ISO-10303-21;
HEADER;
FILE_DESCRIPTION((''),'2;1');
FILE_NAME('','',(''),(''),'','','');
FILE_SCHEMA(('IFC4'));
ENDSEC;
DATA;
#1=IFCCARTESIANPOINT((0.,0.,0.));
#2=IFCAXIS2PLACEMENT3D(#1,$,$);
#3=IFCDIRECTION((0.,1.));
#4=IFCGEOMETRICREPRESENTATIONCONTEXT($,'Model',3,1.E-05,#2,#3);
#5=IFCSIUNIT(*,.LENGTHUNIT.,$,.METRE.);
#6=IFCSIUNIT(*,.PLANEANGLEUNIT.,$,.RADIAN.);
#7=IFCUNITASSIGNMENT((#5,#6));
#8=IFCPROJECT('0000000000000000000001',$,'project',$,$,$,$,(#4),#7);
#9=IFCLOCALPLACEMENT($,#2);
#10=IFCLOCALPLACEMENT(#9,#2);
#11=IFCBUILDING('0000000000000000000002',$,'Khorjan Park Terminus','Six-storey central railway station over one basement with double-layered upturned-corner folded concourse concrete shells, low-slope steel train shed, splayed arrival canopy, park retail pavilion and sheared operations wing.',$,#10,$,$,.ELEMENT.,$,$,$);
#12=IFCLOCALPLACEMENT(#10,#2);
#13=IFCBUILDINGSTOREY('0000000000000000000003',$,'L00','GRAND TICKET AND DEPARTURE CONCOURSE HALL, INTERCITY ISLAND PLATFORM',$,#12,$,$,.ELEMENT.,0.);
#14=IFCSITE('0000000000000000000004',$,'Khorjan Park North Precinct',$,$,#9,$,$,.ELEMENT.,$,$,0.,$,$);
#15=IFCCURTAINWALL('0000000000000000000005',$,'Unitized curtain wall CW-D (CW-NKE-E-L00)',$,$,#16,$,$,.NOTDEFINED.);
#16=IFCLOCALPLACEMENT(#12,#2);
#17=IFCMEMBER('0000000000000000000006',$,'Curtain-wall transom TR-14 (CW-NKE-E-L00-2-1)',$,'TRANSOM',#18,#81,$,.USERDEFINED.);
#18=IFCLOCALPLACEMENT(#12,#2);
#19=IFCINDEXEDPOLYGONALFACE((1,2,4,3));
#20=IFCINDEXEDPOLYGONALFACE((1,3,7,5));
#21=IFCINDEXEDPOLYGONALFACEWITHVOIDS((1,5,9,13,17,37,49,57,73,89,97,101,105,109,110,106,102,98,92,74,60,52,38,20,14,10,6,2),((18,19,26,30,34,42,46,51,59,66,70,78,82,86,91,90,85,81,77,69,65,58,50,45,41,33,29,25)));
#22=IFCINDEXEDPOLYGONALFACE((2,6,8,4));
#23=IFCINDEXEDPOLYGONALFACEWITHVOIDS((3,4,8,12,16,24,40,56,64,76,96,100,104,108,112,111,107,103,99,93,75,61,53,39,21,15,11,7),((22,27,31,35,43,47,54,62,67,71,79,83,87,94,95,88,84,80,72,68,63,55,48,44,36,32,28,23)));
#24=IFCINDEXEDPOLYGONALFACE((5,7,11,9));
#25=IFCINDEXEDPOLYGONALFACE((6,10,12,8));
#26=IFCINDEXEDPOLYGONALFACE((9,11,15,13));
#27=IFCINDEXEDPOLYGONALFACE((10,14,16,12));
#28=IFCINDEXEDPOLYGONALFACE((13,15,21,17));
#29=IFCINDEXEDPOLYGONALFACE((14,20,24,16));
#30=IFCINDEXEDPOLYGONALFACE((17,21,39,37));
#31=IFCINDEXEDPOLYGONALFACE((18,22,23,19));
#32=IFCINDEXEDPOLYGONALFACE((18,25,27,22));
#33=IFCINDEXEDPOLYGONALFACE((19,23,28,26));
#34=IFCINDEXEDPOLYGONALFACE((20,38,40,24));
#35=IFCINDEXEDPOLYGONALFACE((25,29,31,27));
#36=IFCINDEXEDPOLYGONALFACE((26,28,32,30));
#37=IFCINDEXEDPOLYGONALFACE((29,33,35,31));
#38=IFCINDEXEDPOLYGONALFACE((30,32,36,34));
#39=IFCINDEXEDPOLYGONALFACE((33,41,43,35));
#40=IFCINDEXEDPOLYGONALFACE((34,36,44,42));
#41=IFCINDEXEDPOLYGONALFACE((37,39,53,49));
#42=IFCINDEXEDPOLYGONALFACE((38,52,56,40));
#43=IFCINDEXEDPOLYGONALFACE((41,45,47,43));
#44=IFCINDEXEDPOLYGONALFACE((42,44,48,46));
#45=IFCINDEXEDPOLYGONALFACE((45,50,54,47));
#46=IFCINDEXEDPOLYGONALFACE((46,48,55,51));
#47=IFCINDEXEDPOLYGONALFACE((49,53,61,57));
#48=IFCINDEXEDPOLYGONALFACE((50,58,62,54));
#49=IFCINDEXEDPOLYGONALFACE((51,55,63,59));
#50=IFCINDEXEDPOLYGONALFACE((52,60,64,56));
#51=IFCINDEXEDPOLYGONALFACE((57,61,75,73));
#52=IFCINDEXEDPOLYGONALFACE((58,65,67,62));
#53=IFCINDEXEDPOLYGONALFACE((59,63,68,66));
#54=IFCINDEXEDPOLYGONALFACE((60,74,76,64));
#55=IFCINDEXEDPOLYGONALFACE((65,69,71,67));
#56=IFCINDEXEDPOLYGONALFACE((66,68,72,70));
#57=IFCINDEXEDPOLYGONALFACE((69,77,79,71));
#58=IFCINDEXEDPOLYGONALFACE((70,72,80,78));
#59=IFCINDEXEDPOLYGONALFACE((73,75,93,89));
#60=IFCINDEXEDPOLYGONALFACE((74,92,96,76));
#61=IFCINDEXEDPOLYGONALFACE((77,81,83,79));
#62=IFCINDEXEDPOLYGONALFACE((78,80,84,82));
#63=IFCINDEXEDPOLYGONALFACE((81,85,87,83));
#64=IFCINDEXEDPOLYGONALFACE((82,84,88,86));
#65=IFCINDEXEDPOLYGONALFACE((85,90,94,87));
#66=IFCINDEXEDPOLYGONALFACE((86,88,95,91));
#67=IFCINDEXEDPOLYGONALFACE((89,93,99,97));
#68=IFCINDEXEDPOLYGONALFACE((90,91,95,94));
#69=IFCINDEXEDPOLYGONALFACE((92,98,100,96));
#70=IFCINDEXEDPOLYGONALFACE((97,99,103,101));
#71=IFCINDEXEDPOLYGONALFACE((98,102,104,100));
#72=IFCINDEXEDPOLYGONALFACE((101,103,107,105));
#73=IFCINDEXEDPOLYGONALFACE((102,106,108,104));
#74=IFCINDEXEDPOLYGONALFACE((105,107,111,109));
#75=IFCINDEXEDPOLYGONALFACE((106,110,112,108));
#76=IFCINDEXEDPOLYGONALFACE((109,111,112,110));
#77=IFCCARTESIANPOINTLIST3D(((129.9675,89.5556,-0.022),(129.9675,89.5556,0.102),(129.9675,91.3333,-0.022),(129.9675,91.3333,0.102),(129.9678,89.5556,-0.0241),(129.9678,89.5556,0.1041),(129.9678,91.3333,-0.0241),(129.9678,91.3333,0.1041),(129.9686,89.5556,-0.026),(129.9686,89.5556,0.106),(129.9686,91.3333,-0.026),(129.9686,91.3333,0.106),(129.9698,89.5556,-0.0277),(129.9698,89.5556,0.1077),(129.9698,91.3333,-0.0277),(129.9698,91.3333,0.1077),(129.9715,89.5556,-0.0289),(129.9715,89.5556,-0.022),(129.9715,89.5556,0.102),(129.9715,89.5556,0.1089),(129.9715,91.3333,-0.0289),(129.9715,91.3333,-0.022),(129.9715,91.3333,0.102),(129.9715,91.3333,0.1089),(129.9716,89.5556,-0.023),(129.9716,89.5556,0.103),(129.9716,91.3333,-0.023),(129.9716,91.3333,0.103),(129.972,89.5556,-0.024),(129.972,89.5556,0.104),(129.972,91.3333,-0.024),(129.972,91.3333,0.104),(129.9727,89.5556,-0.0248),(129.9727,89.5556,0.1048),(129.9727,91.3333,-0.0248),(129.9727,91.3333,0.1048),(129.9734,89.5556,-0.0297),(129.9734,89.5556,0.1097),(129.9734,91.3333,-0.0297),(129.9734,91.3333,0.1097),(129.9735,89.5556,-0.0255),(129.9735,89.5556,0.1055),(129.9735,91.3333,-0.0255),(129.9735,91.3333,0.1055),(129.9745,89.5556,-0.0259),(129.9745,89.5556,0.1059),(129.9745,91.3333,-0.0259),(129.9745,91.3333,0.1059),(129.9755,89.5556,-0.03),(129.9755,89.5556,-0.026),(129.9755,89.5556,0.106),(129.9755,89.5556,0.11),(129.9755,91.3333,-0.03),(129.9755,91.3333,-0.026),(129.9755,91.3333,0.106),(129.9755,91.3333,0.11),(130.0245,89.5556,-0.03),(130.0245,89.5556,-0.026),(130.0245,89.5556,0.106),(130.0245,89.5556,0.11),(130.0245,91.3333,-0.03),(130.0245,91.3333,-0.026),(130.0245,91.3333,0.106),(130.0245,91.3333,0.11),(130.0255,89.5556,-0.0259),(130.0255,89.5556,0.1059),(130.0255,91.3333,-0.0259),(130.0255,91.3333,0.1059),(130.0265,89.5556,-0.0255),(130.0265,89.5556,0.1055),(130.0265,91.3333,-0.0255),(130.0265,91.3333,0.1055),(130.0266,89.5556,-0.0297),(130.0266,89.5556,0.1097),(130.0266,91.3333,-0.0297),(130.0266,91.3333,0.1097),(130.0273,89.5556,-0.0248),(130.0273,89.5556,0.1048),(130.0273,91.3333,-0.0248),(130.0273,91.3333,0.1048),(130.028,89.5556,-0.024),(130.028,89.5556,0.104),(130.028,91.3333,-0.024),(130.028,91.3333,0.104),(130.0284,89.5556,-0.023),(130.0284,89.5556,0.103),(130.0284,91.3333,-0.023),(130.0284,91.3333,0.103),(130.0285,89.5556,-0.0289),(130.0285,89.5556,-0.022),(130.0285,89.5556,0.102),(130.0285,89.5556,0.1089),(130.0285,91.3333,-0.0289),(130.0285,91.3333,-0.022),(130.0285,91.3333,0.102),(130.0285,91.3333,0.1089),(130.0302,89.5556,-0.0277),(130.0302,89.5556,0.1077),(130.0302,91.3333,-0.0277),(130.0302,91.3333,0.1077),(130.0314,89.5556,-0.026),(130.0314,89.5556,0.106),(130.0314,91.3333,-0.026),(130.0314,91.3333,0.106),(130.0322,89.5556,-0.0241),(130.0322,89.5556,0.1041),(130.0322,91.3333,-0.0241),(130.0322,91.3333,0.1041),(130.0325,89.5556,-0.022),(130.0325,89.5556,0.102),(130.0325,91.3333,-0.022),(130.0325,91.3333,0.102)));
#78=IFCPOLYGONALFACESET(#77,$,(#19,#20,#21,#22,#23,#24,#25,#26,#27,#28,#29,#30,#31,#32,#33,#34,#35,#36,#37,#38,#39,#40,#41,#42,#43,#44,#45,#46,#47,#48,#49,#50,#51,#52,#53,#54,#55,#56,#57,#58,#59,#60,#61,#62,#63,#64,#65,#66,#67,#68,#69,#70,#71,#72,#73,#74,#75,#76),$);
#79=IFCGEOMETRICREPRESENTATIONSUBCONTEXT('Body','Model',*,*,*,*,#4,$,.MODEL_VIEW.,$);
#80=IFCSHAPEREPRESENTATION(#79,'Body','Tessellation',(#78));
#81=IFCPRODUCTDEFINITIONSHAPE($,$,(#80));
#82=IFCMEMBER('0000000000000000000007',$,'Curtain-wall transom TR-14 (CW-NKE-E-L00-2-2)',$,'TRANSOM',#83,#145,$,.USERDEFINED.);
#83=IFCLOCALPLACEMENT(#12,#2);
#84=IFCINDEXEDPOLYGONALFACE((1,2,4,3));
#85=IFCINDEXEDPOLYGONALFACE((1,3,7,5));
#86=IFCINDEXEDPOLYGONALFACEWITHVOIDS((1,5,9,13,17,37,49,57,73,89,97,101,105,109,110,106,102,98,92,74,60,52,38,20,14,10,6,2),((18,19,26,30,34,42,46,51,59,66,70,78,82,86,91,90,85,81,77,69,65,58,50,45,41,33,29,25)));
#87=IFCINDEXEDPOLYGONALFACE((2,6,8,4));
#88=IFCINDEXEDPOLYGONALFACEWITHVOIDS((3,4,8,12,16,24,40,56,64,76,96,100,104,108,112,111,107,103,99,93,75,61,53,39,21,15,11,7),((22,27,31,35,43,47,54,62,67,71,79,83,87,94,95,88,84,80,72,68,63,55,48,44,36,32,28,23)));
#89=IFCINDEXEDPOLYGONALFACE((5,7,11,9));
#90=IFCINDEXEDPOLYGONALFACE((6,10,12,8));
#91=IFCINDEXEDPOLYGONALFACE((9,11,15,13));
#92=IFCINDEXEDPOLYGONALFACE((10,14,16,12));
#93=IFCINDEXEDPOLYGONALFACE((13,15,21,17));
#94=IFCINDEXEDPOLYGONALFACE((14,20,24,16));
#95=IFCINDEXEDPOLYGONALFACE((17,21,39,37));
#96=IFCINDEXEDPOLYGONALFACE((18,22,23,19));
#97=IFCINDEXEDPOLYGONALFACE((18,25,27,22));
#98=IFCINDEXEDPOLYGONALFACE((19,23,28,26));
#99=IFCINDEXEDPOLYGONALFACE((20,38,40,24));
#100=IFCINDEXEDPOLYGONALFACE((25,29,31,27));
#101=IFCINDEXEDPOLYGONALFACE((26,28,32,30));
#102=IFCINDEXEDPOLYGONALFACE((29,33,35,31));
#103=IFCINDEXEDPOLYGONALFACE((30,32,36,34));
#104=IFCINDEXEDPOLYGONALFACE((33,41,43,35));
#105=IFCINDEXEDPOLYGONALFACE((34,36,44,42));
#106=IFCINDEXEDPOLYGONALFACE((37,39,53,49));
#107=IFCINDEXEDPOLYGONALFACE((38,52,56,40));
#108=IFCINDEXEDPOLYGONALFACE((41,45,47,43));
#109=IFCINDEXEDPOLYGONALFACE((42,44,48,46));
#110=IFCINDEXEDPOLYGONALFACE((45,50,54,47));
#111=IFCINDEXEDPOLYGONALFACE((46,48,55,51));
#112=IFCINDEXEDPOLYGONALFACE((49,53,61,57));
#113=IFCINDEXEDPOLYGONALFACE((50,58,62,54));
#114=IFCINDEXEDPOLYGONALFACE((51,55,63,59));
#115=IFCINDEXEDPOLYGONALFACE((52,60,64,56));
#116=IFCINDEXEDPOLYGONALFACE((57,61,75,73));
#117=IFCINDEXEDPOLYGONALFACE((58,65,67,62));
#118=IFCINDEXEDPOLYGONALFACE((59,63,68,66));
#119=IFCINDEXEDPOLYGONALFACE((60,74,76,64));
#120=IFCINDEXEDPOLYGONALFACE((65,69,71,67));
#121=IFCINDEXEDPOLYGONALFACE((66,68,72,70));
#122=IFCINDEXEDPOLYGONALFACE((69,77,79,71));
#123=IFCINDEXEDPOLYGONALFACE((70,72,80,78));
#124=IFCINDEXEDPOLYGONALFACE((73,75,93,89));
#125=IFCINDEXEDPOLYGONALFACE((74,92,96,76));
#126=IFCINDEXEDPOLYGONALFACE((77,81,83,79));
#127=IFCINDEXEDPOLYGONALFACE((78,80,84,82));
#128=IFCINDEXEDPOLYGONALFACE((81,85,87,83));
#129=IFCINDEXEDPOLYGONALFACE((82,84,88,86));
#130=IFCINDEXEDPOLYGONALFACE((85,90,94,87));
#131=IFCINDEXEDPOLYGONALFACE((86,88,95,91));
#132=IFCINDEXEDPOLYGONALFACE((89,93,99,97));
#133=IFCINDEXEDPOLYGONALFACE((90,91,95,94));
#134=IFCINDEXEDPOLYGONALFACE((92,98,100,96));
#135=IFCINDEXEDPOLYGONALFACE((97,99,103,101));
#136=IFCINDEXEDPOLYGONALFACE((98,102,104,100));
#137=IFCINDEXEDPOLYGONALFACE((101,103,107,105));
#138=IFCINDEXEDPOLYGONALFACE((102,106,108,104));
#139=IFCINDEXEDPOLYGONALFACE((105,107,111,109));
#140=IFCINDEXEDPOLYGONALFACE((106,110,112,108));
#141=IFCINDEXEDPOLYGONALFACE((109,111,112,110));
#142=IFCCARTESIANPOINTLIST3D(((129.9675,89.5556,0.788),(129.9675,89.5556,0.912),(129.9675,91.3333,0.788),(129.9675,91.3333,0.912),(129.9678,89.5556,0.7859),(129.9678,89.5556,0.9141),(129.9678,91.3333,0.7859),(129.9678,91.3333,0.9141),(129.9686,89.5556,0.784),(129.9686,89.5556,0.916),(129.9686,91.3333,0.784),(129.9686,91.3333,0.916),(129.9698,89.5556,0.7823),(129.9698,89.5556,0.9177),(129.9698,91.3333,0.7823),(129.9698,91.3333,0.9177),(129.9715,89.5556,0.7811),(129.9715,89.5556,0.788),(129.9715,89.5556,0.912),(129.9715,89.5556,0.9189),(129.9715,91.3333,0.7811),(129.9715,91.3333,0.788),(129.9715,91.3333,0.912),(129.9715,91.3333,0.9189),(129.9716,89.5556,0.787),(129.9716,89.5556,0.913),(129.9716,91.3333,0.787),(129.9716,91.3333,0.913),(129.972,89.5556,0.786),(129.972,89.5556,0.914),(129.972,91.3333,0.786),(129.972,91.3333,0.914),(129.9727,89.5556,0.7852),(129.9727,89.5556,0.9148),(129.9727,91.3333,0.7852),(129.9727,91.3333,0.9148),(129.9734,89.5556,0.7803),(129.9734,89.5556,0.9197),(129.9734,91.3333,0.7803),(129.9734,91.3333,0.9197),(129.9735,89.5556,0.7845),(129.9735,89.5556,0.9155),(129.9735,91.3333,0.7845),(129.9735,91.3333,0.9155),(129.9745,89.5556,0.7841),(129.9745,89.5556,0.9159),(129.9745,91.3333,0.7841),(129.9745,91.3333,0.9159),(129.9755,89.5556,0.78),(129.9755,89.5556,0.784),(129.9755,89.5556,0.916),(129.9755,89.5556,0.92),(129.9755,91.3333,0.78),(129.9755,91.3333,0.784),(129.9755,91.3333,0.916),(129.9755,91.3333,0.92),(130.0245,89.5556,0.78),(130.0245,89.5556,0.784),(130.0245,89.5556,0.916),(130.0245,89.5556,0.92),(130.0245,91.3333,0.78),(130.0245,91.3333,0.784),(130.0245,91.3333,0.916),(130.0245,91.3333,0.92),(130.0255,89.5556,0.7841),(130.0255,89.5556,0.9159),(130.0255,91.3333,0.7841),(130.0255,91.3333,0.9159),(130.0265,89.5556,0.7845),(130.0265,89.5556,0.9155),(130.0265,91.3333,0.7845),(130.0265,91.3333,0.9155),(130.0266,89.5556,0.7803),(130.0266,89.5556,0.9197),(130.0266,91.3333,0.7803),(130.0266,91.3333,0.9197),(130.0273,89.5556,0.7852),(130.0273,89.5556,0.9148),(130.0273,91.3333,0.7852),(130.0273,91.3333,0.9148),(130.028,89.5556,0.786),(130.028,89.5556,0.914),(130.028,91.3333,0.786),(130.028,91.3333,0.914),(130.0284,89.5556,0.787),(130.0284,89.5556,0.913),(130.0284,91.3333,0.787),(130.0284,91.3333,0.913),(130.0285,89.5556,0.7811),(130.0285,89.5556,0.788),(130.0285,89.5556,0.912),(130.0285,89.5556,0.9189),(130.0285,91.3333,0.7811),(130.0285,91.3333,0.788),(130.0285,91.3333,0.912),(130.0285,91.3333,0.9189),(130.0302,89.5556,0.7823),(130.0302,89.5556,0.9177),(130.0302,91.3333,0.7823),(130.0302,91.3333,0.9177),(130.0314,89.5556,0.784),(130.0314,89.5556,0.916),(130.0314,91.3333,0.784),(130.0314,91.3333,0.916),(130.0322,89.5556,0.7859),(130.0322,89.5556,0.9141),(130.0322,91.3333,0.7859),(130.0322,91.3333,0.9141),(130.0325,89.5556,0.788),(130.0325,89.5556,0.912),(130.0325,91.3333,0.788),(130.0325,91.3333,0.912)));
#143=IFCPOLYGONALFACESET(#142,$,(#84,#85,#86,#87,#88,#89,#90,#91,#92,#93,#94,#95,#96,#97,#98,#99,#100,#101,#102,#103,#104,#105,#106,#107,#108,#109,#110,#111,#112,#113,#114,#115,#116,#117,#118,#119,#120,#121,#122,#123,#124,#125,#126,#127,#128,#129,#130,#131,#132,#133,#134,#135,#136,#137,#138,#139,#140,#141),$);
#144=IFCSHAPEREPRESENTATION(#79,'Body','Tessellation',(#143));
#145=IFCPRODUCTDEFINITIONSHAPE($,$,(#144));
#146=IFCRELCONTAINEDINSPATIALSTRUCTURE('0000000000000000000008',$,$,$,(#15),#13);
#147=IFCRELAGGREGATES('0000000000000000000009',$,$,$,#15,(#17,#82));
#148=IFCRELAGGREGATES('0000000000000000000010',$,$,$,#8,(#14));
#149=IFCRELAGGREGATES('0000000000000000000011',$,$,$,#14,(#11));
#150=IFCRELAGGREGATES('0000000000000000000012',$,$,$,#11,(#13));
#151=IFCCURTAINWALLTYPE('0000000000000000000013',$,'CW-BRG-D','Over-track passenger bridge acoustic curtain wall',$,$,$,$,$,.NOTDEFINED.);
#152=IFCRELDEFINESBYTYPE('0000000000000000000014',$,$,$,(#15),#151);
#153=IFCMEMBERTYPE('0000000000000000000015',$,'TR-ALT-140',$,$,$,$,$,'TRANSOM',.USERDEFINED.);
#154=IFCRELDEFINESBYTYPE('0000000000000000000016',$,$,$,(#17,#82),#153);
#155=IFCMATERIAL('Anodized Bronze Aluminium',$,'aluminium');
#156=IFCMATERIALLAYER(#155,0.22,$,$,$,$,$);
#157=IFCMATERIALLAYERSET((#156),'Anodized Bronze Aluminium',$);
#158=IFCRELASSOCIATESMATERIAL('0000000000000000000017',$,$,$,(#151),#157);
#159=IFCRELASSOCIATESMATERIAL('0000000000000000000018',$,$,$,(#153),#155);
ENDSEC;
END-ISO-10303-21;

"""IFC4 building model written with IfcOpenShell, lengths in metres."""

from ifc_helpers import new_model, si_unit, direction, frame, origin, origin_2d, place, context, subcontext, project, spatial, hollow_rectangle, extrude, material, layer, layer_set, material_profile, profile_set, type_object, element, aggregate, save


model = new_model("IFC4")

# Units and contexts
model_context = context("Model", 3, precision=1e-05, world=origin(), true_north=direction((0.0, 1.0)))
body_context = subcontext(model_context, "Body", "Model", "MODEL_VIEW")
ifc_project = project(units=[si_unit("LENGTHUNIT", "METRE"), si_unit("PLANEANGLEUNIT", "RADIAN")], contexts=[model_context])

# Site, building, storey
site_placement = place(None, origin())
site = spatial("IfcSite", under=ifc_project, at=site_placement, Name="Khorjan Park North Precinct", CompositionType="ELEMENT", RefElevation=0.0)
building_placement = place(site_placement, origin())
building = spatial("IfcBuilding", under=site, at=building_placement, Name="Khorjan Park Terminus", Description="Six-storey central railway station over one basement with double-layered upturned-corner folded concourse concrete shells, low-slope steel train shed, splayed arrival canopy, park retail pavilion and sheared operations wing.", CompositionType="ELEMENT")
storey_placement = place(building_placement, origin())
storey = spatial("IfcBuildingStorey", under=building, at=storey_placement, Name="L00", Description="GRAND TICKET AND DEPARTURE CONCOURSE HALL, INTERCITY ISLAND PLATFORM", CompositionType="ELEMENT", Elevation=0.0)

# Curtain wall, members
ifc_material_1 = material(Name="Anodized Bronze Aluminium", Category="aluminium")
ifc_layer_1 = layer(ifc_material_1, 0.22)
ifc_layer_set_1 = layer_set([ifc_layer_1], Name="Anodized Bronze Aluminium")
curtain_wall_type = type_object("IfcCurtainWallType", Name="CW-BRG-D", Description="Over-track passenger bridge acoustic curtain wall", PredefinedType="NOTDEFINED", material=ifc_layer_set_1)
curtain_wall_placement = place(storey_placement, origin())
curtain_wall = element("IfcCurtainWall", 1, at=curtain_wall_placement, inside=storey, type_object=curtain_wall_type, Name="Unitized curtain wall CW-D (CW-NKE-E-L00)", PredefinedType="NOTDEFINED")
ifc_material_profile_1 = material_profile(ifc_material_1, hollow_rectangle(XDim=0.065, YDim=0.14, WallThickness=0.004, InnerFilletRadius=0.004, OuterFilletRadius=0.008, at=origin_2d()), Name="ALT 65x140x4")
ifc_profile_set_1 = profile_set([ifc_material_profile_1], Name="Anodized Bronze Aluminium")
member_type_1 = type_object("IfcMemberType", Name="TR-ALT-140", ElementType="TRANSOM", PredefinedType="USERDEFINED", material=ifc_profile_set_1)
member_1_placement = place(storey_placement, frame((130.0, 89.5556, 0.04), z_axis=(0.0, 1.0, 0.0), x_axis=(-1.0, 0.0, 0.0)))
member_1 = element("IfcMember", 2, at=member_1_placement, type_object=member_type_1, Name="Curtain-wall transom TR-14 (CW-NKE-E-L00-2-1)", ObjectType="TRANSOM", PredefinedType="USERDEFINED", context=body_context, shape_type="SweptSolid", body=[
    extrude(hollow_rectangle(XDim=0.065, YDim=0.14, WallThickness=0.004, InnerFilletRadius=0.004, OuterFilletRadius=0.008, at=origin_2d()), origin(), (0.0, 0.0, 1.0), 1.7777),
])
member_2_placement = place(storey_placement, frame((130.0, 89.5556, 0.85), z_axis=(0.0, 1.0, 0.0), x_axis=(-1.0, 0.0, 0.0)))
member_2 = element("IfcMember", 3, at=member_2_placement, type_object=member_type_1, Name="Curtain-wall transom TR-14 (CW-NKE-E-L00-2-2)", ObjectType="TRANSOM", PredefinedType="USERDEFINED", context=body_context, shape_type="SweptSolid", body=[
    extrude(hollow_rectangle(XDim=0.065, YDim=0.14, WallThickness=0.004, InnerFilletRadius=0.004, OuterFilletRadius=0.008, at=origin_2d()), origin(), (0.0, 0.0, 1.0), 1.7777),
])
aggregate(curtain_wall, [member_1, member_2])

save(model, "model.ifc")
